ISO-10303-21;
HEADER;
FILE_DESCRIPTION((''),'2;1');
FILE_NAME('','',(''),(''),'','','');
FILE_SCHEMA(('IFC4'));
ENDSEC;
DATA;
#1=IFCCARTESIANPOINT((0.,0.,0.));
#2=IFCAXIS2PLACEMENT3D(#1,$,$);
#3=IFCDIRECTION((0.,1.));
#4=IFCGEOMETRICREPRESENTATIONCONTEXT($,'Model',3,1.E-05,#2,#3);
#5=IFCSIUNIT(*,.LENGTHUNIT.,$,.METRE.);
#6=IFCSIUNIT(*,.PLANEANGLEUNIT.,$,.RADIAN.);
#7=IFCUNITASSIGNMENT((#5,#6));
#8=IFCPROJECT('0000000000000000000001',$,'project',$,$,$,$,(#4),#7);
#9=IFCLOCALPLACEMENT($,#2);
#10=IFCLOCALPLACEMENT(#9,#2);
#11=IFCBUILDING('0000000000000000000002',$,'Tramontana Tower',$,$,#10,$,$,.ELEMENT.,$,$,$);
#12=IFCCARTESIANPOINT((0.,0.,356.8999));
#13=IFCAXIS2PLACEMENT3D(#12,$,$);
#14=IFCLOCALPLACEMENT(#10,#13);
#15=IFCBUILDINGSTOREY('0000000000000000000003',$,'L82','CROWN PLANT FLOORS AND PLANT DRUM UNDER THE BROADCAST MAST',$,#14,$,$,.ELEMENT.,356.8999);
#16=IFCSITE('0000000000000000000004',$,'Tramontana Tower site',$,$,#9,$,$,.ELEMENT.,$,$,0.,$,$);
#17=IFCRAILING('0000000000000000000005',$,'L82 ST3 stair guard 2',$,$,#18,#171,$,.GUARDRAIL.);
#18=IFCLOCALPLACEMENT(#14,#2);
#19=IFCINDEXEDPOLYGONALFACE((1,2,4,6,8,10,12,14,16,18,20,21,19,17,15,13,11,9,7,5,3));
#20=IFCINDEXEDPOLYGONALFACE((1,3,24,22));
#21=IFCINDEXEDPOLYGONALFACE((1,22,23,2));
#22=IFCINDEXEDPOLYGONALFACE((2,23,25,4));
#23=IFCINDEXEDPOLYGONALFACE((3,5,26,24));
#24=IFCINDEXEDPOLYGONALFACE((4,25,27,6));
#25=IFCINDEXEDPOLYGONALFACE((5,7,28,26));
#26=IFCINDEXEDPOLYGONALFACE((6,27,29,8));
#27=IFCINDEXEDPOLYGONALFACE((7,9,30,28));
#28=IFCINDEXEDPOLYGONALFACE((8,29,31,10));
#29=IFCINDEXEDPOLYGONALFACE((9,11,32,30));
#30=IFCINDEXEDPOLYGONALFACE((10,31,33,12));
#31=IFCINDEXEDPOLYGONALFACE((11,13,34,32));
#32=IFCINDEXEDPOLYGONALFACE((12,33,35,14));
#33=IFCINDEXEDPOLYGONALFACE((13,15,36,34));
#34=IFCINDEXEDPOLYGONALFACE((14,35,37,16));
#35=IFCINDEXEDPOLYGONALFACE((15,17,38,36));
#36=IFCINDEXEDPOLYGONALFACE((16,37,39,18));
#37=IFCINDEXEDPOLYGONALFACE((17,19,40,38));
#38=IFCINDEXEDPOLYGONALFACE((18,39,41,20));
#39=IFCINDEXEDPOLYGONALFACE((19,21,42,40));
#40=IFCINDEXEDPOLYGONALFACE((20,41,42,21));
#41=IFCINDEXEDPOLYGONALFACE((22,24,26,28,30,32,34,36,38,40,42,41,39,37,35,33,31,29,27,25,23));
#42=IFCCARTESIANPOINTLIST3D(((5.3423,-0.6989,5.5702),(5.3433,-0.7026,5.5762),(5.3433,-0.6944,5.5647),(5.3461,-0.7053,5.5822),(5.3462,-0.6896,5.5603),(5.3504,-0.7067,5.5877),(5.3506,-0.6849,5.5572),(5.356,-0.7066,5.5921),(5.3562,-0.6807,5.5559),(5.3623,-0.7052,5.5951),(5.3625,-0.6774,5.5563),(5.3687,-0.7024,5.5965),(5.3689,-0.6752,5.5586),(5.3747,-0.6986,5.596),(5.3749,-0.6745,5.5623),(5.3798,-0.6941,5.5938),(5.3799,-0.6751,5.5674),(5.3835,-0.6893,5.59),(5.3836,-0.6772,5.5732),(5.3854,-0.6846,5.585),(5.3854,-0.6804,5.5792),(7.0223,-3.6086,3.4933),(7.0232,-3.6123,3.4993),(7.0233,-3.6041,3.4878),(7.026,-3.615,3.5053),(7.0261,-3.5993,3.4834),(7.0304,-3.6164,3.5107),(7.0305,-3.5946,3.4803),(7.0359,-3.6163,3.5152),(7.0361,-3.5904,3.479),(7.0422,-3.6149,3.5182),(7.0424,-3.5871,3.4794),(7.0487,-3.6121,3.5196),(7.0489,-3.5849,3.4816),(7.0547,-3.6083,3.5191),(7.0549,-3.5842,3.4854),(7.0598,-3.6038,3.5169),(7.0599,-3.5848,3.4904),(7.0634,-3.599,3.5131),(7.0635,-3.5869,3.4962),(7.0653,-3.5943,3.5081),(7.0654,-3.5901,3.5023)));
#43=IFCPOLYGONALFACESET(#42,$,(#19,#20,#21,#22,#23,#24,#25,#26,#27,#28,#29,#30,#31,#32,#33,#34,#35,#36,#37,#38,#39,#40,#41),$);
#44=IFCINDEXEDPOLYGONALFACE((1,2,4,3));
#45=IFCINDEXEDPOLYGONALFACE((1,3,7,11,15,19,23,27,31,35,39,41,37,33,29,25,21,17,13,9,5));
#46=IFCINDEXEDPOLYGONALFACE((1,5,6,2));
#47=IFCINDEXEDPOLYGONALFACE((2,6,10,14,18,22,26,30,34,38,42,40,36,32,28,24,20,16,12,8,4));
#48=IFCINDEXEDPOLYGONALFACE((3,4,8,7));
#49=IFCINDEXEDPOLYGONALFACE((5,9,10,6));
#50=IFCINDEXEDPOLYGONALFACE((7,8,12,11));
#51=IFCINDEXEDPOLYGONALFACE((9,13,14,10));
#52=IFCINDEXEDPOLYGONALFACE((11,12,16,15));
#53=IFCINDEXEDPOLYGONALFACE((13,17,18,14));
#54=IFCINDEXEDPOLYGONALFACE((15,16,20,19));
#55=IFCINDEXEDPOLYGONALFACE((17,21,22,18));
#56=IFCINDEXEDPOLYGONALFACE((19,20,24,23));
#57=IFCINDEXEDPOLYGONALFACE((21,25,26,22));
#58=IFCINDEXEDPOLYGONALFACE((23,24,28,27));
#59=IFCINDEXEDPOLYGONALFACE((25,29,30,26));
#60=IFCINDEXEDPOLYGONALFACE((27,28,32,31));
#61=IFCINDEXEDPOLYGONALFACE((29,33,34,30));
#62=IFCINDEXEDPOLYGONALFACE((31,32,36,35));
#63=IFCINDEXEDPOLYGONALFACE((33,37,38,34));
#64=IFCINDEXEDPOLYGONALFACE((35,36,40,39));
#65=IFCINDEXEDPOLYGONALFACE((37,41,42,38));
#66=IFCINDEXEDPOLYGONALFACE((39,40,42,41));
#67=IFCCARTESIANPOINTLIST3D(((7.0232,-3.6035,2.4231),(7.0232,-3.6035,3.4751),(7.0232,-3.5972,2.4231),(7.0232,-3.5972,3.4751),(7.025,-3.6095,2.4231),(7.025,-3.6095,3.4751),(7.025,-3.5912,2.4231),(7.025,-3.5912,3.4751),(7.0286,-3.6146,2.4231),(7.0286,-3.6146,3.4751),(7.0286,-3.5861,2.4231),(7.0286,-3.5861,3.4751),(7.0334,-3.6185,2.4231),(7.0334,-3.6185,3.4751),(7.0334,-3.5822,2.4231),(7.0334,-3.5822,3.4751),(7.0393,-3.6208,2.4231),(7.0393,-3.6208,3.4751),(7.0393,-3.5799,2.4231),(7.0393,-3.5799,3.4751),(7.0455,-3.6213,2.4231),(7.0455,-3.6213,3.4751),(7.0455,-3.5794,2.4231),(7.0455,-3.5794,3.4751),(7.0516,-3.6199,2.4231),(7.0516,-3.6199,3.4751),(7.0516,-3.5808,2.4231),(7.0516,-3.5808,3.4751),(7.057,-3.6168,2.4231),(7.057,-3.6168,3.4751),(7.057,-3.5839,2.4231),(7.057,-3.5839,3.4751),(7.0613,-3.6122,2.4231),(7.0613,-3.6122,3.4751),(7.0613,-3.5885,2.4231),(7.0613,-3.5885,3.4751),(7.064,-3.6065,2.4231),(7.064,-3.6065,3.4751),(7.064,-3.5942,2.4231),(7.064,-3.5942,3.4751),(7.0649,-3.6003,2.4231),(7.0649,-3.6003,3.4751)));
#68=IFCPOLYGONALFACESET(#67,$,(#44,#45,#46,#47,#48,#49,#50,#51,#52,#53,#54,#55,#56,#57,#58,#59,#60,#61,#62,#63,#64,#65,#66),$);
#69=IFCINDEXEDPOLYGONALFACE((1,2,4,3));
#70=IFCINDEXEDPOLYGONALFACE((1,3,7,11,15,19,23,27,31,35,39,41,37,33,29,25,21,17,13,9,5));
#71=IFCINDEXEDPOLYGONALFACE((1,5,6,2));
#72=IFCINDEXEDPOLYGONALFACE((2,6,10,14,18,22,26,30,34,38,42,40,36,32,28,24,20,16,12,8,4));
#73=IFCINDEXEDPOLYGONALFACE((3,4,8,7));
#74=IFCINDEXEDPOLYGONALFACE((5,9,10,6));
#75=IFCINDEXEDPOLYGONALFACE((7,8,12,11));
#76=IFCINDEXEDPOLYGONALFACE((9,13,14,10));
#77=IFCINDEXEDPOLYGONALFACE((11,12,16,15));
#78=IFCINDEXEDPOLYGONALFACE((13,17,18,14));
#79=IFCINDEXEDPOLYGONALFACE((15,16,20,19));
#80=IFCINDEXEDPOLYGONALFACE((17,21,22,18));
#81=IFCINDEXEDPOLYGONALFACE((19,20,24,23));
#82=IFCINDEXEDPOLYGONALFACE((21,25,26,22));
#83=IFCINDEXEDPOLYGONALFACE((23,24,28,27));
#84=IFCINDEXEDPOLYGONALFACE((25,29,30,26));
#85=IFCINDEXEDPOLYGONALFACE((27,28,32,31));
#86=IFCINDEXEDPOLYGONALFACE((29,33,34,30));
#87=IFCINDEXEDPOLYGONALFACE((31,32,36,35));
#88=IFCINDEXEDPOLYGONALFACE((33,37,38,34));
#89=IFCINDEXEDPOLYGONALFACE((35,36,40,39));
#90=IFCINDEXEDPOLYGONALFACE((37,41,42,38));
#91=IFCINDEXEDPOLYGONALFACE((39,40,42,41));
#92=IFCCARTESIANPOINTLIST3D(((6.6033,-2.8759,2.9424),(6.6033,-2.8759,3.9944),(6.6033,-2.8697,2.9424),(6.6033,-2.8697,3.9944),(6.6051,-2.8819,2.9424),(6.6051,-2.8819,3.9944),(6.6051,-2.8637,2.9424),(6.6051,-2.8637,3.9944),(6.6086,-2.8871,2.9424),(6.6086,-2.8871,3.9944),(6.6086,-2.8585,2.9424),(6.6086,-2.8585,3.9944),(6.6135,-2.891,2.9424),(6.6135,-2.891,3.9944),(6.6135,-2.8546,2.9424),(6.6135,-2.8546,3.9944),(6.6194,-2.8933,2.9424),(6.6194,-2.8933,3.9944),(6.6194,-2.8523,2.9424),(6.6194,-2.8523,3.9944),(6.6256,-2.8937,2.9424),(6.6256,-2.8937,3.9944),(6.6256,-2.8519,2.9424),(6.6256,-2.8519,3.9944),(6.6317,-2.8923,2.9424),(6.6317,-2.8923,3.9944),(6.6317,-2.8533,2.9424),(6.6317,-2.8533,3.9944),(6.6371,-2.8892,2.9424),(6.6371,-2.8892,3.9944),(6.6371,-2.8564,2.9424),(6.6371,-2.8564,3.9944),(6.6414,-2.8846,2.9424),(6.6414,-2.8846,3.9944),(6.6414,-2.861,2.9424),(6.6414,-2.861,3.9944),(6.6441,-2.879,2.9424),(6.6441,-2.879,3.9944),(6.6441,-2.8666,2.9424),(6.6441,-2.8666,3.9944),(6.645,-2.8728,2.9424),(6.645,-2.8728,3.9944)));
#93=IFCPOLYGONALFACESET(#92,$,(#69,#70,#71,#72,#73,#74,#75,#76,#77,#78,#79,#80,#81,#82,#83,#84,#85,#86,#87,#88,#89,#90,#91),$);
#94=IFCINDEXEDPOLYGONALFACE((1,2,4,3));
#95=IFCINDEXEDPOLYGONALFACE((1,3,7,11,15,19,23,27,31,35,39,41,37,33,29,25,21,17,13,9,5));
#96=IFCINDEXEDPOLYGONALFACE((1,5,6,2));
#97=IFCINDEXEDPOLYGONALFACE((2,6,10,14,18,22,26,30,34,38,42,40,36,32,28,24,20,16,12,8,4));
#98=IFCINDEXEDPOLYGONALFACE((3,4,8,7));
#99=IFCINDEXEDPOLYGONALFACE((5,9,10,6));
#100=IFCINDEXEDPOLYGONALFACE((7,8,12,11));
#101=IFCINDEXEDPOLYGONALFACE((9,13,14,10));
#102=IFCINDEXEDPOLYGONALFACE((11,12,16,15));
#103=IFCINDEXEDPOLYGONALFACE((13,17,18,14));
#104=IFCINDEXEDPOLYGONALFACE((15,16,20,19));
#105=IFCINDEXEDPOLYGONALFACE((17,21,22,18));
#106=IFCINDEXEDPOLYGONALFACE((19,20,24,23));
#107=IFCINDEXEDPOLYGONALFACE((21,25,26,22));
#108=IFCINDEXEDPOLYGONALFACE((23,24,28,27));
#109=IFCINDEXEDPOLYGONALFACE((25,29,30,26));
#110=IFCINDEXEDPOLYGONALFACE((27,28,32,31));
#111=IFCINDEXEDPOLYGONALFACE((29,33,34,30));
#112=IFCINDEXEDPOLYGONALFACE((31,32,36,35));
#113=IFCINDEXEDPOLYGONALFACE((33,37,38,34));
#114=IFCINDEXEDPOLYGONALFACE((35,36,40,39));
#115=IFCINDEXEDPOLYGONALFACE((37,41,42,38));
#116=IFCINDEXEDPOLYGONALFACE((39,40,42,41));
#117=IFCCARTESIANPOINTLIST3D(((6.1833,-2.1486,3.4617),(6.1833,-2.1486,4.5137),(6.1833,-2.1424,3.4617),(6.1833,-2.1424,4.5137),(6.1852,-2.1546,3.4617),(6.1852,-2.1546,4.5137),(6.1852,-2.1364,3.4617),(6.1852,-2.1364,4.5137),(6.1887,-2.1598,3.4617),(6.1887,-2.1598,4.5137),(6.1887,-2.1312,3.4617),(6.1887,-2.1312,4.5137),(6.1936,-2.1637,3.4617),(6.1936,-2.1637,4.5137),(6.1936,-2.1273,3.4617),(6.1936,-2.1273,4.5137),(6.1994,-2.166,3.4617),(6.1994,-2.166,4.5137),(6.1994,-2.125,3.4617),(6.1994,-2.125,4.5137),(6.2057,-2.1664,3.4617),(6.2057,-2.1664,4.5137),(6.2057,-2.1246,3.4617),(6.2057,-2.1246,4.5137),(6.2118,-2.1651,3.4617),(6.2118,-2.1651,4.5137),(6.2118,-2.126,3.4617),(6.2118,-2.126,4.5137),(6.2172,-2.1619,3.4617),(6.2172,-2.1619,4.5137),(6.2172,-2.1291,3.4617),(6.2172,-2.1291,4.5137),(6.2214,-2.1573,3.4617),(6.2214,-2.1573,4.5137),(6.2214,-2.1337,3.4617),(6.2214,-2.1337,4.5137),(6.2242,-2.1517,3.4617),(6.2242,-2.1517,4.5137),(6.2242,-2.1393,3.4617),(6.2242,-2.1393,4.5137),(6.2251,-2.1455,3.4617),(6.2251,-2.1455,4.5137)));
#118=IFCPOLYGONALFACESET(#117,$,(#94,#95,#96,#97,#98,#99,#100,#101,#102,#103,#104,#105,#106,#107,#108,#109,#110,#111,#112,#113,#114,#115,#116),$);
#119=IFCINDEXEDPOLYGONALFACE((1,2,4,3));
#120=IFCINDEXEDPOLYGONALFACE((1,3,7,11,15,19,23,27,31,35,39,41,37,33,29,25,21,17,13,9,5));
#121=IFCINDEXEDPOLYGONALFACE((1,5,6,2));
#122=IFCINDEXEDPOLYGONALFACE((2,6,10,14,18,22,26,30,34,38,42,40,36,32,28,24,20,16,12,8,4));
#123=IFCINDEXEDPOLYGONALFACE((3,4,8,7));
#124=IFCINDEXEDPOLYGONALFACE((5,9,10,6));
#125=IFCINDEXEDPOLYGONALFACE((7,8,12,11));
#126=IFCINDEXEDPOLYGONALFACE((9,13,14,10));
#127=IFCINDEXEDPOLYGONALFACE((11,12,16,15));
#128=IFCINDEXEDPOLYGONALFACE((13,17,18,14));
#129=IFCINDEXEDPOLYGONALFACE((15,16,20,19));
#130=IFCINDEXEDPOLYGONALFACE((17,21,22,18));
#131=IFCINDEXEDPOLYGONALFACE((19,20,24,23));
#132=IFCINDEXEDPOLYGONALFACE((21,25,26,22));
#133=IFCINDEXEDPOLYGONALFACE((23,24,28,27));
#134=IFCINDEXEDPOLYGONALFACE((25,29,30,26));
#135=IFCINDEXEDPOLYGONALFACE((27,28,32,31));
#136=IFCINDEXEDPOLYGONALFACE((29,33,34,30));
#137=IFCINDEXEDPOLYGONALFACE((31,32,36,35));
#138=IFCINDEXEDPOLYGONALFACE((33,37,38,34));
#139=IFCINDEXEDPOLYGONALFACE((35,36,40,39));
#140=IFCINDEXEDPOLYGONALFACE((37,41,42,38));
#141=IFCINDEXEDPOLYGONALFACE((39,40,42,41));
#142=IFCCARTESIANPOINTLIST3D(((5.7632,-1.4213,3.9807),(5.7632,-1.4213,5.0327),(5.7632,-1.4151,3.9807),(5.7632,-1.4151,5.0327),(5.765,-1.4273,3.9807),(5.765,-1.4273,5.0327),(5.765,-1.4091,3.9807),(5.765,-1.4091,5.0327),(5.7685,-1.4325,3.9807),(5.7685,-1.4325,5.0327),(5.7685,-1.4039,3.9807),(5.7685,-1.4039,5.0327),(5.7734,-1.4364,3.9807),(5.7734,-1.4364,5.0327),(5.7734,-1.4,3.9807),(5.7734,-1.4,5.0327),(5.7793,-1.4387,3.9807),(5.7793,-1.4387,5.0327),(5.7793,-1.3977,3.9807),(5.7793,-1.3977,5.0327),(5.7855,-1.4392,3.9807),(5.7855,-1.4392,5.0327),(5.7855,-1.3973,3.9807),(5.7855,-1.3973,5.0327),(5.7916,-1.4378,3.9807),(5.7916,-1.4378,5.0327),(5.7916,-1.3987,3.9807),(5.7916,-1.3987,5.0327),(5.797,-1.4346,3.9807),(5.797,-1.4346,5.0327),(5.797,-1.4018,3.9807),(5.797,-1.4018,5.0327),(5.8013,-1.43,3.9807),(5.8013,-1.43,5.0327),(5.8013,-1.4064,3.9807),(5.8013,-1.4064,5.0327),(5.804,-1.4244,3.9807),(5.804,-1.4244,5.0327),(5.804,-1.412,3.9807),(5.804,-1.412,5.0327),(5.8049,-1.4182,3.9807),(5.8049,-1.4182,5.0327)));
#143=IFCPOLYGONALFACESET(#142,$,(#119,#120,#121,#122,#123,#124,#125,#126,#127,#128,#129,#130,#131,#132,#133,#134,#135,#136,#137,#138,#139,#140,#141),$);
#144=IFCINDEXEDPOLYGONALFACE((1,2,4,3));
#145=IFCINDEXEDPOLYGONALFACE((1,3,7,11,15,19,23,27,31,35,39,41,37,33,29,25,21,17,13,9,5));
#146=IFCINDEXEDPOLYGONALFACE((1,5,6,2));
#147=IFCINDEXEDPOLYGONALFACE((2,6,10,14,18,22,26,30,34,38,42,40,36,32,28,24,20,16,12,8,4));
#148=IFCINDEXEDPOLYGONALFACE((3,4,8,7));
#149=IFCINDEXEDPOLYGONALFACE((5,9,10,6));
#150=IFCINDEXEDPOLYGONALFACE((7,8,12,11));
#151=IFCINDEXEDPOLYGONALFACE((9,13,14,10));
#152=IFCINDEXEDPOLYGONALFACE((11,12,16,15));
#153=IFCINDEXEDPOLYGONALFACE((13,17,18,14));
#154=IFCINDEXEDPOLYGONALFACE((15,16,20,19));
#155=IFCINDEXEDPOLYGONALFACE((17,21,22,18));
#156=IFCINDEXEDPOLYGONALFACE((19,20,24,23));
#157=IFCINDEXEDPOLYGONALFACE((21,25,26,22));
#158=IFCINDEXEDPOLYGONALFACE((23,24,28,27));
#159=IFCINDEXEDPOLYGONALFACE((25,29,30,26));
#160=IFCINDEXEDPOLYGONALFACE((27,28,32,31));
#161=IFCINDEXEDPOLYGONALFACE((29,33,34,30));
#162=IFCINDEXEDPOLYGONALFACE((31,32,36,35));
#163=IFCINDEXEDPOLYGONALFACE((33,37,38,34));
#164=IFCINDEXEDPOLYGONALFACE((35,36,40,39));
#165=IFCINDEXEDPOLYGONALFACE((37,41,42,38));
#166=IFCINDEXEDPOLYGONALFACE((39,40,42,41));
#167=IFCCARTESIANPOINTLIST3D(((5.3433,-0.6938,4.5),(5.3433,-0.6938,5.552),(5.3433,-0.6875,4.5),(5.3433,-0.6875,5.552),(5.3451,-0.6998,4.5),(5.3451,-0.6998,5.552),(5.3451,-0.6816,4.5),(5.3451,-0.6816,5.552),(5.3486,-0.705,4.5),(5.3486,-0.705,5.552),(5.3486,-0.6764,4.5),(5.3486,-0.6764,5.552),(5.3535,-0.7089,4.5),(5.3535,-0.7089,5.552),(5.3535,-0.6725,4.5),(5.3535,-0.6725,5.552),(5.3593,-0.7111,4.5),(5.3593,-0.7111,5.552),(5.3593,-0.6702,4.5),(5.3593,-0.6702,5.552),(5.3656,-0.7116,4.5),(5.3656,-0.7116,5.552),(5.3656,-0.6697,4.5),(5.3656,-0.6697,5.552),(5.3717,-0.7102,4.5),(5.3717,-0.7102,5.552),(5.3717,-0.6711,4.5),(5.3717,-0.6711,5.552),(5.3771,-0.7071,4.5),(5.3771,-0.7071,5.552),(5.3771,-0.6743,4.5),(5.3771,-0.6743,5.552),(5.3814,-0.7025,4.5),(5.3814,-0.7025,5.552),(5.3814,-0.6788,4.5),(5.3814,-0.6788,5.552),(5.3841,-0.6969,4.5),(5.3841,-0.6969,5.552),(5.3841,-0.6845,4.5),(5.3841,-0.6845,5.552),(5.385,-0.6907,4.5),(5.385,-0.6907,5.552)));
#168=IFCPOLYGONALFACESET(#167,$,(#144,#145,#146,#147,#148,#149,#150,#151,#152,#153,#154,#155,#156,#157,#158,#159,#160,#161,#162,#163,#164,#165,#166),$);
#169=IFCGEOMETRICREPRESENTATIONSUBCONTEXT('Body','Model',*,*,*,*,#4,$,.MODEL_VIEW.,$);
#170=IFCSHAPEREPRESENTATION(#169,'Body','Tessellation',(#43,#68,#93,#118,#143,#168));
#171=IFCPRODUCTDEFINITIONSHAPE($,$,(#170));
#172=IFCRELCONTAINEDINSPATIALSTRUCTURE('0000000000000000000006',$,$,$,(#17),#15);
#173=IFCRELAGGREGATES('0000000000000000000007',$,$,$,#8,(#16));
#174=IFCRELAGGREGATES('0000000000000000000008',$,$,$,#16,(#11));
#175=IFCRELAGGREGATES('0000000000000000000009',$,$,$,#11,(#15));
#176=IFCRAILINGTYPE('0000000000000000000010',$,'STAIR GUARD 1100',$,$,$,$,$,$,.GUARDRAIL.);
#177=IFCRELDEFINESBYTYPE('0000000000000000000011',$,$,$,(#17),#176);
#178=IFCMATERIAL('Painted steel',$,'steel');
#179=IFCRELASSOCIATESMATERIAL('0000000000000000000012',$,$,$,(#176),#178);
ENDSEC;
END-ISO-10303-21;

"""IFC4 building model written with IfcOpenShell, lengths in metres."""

from ifc_helpers import new_model, si_unit, direction, frame, origin, origin_2d, place, context, subcontext, project, spatial, circle, extrude, material, type_object, element, save


model = new_model("IFC4")

# Units and contexts
model_context = context("Model", 3, precision=1e-05, world=origin(), true_north=direction((0.0, 1.0)))
body_context = subcontext(model_context, "Body", "Model", "MODEL_VIEW")
ifc_project = project(units=[si_unit("LENGTHUNIT", "METRE"), si_unit("PLANEANGLEUNIT", "RADIAN")], contexts=[model_context])

# Site, building, storey
site_placement = place(None, origin())
site = spatial("IfcSite", under=ifc_project, at=site_placement, Name="Tramontana Tower site", CompositionType="ELEMENT", RefElevation=0.0)
building_placement = place(site_placement, origin())
building = spatial("IfcBuilding", under=site, at=building_placement, Name="Tramontana Tower", CompositionType="ELEMENT")
storey_placement = place(building_placement, frame((0.0, 0.0, 356.8999)))
storey = spatial("IfcBuildingStorey", under=building, at=storey_placement, Name="L82", Description="CROWN PLANT FLOORS AND PLANT DRUM UNDER THE BROADCAST MAST", CompositionType="ELEMENT", Elevation=356.8999)

# Railing
ifc_material_1 = material(Name="Painted steel", Category="steel")
railing_type_1 = type_object("IfcRailingType", Name="STAIR GUARD 1100", PredefinedType="GUARDRAIL", material=ifc_material_1)
railing_1_placement = place(storey_placement, frame((7.0439, -3.6003, 2.4231)))
element("IfcRailing", 1, at=railing_1_placement, inside=storey, type_object=railing_type_1, Name="L82 ST3 stair guard 2", PredefinedType="GUARDRAIL", context=body_context, shape_type="SweptSolid", body=[
    extrude(circle(Radius=0.0239, at=origin_2d()), frame((0.0, 0.0, 1.0762), z_axis=(-0.425308, 0.73664, 0.525809), x_axis=(-0.866021, -0.500008, 0.0)), (0.0, 0.0, 1.0), 3.95),
    extrude(circle(Radius=0.021, at=origin_2d()), origin(), (0.0, 0.0, 1.0), 1.052),
    extrude(circle(Radius=0.021, at=origin_2d()), frame((-0.4199, 0.7275, 0.5193)), (0.0, 0.0, 1.0), 1.052),
    extrude(circle(Radius=0.021, at=origin_2d()), frame((-0.8398, 1.4548, 1.0386)), (0.0, 0.0, 1.0), 1.052),
    extrude(circle(Radius=0.021, at=origin_2d()), frame((-1.26, 2.1821, 1.5576)), (0.0, 0.0, 1.0), 1.052),
    extrude(circle(Radius=0.021, at=origin_2d()), frame((-1.6799, 2.9097, 2.0769)), (0.0, 0.0, 1.0), 1.052),
])

save(model, "model.ifc")
